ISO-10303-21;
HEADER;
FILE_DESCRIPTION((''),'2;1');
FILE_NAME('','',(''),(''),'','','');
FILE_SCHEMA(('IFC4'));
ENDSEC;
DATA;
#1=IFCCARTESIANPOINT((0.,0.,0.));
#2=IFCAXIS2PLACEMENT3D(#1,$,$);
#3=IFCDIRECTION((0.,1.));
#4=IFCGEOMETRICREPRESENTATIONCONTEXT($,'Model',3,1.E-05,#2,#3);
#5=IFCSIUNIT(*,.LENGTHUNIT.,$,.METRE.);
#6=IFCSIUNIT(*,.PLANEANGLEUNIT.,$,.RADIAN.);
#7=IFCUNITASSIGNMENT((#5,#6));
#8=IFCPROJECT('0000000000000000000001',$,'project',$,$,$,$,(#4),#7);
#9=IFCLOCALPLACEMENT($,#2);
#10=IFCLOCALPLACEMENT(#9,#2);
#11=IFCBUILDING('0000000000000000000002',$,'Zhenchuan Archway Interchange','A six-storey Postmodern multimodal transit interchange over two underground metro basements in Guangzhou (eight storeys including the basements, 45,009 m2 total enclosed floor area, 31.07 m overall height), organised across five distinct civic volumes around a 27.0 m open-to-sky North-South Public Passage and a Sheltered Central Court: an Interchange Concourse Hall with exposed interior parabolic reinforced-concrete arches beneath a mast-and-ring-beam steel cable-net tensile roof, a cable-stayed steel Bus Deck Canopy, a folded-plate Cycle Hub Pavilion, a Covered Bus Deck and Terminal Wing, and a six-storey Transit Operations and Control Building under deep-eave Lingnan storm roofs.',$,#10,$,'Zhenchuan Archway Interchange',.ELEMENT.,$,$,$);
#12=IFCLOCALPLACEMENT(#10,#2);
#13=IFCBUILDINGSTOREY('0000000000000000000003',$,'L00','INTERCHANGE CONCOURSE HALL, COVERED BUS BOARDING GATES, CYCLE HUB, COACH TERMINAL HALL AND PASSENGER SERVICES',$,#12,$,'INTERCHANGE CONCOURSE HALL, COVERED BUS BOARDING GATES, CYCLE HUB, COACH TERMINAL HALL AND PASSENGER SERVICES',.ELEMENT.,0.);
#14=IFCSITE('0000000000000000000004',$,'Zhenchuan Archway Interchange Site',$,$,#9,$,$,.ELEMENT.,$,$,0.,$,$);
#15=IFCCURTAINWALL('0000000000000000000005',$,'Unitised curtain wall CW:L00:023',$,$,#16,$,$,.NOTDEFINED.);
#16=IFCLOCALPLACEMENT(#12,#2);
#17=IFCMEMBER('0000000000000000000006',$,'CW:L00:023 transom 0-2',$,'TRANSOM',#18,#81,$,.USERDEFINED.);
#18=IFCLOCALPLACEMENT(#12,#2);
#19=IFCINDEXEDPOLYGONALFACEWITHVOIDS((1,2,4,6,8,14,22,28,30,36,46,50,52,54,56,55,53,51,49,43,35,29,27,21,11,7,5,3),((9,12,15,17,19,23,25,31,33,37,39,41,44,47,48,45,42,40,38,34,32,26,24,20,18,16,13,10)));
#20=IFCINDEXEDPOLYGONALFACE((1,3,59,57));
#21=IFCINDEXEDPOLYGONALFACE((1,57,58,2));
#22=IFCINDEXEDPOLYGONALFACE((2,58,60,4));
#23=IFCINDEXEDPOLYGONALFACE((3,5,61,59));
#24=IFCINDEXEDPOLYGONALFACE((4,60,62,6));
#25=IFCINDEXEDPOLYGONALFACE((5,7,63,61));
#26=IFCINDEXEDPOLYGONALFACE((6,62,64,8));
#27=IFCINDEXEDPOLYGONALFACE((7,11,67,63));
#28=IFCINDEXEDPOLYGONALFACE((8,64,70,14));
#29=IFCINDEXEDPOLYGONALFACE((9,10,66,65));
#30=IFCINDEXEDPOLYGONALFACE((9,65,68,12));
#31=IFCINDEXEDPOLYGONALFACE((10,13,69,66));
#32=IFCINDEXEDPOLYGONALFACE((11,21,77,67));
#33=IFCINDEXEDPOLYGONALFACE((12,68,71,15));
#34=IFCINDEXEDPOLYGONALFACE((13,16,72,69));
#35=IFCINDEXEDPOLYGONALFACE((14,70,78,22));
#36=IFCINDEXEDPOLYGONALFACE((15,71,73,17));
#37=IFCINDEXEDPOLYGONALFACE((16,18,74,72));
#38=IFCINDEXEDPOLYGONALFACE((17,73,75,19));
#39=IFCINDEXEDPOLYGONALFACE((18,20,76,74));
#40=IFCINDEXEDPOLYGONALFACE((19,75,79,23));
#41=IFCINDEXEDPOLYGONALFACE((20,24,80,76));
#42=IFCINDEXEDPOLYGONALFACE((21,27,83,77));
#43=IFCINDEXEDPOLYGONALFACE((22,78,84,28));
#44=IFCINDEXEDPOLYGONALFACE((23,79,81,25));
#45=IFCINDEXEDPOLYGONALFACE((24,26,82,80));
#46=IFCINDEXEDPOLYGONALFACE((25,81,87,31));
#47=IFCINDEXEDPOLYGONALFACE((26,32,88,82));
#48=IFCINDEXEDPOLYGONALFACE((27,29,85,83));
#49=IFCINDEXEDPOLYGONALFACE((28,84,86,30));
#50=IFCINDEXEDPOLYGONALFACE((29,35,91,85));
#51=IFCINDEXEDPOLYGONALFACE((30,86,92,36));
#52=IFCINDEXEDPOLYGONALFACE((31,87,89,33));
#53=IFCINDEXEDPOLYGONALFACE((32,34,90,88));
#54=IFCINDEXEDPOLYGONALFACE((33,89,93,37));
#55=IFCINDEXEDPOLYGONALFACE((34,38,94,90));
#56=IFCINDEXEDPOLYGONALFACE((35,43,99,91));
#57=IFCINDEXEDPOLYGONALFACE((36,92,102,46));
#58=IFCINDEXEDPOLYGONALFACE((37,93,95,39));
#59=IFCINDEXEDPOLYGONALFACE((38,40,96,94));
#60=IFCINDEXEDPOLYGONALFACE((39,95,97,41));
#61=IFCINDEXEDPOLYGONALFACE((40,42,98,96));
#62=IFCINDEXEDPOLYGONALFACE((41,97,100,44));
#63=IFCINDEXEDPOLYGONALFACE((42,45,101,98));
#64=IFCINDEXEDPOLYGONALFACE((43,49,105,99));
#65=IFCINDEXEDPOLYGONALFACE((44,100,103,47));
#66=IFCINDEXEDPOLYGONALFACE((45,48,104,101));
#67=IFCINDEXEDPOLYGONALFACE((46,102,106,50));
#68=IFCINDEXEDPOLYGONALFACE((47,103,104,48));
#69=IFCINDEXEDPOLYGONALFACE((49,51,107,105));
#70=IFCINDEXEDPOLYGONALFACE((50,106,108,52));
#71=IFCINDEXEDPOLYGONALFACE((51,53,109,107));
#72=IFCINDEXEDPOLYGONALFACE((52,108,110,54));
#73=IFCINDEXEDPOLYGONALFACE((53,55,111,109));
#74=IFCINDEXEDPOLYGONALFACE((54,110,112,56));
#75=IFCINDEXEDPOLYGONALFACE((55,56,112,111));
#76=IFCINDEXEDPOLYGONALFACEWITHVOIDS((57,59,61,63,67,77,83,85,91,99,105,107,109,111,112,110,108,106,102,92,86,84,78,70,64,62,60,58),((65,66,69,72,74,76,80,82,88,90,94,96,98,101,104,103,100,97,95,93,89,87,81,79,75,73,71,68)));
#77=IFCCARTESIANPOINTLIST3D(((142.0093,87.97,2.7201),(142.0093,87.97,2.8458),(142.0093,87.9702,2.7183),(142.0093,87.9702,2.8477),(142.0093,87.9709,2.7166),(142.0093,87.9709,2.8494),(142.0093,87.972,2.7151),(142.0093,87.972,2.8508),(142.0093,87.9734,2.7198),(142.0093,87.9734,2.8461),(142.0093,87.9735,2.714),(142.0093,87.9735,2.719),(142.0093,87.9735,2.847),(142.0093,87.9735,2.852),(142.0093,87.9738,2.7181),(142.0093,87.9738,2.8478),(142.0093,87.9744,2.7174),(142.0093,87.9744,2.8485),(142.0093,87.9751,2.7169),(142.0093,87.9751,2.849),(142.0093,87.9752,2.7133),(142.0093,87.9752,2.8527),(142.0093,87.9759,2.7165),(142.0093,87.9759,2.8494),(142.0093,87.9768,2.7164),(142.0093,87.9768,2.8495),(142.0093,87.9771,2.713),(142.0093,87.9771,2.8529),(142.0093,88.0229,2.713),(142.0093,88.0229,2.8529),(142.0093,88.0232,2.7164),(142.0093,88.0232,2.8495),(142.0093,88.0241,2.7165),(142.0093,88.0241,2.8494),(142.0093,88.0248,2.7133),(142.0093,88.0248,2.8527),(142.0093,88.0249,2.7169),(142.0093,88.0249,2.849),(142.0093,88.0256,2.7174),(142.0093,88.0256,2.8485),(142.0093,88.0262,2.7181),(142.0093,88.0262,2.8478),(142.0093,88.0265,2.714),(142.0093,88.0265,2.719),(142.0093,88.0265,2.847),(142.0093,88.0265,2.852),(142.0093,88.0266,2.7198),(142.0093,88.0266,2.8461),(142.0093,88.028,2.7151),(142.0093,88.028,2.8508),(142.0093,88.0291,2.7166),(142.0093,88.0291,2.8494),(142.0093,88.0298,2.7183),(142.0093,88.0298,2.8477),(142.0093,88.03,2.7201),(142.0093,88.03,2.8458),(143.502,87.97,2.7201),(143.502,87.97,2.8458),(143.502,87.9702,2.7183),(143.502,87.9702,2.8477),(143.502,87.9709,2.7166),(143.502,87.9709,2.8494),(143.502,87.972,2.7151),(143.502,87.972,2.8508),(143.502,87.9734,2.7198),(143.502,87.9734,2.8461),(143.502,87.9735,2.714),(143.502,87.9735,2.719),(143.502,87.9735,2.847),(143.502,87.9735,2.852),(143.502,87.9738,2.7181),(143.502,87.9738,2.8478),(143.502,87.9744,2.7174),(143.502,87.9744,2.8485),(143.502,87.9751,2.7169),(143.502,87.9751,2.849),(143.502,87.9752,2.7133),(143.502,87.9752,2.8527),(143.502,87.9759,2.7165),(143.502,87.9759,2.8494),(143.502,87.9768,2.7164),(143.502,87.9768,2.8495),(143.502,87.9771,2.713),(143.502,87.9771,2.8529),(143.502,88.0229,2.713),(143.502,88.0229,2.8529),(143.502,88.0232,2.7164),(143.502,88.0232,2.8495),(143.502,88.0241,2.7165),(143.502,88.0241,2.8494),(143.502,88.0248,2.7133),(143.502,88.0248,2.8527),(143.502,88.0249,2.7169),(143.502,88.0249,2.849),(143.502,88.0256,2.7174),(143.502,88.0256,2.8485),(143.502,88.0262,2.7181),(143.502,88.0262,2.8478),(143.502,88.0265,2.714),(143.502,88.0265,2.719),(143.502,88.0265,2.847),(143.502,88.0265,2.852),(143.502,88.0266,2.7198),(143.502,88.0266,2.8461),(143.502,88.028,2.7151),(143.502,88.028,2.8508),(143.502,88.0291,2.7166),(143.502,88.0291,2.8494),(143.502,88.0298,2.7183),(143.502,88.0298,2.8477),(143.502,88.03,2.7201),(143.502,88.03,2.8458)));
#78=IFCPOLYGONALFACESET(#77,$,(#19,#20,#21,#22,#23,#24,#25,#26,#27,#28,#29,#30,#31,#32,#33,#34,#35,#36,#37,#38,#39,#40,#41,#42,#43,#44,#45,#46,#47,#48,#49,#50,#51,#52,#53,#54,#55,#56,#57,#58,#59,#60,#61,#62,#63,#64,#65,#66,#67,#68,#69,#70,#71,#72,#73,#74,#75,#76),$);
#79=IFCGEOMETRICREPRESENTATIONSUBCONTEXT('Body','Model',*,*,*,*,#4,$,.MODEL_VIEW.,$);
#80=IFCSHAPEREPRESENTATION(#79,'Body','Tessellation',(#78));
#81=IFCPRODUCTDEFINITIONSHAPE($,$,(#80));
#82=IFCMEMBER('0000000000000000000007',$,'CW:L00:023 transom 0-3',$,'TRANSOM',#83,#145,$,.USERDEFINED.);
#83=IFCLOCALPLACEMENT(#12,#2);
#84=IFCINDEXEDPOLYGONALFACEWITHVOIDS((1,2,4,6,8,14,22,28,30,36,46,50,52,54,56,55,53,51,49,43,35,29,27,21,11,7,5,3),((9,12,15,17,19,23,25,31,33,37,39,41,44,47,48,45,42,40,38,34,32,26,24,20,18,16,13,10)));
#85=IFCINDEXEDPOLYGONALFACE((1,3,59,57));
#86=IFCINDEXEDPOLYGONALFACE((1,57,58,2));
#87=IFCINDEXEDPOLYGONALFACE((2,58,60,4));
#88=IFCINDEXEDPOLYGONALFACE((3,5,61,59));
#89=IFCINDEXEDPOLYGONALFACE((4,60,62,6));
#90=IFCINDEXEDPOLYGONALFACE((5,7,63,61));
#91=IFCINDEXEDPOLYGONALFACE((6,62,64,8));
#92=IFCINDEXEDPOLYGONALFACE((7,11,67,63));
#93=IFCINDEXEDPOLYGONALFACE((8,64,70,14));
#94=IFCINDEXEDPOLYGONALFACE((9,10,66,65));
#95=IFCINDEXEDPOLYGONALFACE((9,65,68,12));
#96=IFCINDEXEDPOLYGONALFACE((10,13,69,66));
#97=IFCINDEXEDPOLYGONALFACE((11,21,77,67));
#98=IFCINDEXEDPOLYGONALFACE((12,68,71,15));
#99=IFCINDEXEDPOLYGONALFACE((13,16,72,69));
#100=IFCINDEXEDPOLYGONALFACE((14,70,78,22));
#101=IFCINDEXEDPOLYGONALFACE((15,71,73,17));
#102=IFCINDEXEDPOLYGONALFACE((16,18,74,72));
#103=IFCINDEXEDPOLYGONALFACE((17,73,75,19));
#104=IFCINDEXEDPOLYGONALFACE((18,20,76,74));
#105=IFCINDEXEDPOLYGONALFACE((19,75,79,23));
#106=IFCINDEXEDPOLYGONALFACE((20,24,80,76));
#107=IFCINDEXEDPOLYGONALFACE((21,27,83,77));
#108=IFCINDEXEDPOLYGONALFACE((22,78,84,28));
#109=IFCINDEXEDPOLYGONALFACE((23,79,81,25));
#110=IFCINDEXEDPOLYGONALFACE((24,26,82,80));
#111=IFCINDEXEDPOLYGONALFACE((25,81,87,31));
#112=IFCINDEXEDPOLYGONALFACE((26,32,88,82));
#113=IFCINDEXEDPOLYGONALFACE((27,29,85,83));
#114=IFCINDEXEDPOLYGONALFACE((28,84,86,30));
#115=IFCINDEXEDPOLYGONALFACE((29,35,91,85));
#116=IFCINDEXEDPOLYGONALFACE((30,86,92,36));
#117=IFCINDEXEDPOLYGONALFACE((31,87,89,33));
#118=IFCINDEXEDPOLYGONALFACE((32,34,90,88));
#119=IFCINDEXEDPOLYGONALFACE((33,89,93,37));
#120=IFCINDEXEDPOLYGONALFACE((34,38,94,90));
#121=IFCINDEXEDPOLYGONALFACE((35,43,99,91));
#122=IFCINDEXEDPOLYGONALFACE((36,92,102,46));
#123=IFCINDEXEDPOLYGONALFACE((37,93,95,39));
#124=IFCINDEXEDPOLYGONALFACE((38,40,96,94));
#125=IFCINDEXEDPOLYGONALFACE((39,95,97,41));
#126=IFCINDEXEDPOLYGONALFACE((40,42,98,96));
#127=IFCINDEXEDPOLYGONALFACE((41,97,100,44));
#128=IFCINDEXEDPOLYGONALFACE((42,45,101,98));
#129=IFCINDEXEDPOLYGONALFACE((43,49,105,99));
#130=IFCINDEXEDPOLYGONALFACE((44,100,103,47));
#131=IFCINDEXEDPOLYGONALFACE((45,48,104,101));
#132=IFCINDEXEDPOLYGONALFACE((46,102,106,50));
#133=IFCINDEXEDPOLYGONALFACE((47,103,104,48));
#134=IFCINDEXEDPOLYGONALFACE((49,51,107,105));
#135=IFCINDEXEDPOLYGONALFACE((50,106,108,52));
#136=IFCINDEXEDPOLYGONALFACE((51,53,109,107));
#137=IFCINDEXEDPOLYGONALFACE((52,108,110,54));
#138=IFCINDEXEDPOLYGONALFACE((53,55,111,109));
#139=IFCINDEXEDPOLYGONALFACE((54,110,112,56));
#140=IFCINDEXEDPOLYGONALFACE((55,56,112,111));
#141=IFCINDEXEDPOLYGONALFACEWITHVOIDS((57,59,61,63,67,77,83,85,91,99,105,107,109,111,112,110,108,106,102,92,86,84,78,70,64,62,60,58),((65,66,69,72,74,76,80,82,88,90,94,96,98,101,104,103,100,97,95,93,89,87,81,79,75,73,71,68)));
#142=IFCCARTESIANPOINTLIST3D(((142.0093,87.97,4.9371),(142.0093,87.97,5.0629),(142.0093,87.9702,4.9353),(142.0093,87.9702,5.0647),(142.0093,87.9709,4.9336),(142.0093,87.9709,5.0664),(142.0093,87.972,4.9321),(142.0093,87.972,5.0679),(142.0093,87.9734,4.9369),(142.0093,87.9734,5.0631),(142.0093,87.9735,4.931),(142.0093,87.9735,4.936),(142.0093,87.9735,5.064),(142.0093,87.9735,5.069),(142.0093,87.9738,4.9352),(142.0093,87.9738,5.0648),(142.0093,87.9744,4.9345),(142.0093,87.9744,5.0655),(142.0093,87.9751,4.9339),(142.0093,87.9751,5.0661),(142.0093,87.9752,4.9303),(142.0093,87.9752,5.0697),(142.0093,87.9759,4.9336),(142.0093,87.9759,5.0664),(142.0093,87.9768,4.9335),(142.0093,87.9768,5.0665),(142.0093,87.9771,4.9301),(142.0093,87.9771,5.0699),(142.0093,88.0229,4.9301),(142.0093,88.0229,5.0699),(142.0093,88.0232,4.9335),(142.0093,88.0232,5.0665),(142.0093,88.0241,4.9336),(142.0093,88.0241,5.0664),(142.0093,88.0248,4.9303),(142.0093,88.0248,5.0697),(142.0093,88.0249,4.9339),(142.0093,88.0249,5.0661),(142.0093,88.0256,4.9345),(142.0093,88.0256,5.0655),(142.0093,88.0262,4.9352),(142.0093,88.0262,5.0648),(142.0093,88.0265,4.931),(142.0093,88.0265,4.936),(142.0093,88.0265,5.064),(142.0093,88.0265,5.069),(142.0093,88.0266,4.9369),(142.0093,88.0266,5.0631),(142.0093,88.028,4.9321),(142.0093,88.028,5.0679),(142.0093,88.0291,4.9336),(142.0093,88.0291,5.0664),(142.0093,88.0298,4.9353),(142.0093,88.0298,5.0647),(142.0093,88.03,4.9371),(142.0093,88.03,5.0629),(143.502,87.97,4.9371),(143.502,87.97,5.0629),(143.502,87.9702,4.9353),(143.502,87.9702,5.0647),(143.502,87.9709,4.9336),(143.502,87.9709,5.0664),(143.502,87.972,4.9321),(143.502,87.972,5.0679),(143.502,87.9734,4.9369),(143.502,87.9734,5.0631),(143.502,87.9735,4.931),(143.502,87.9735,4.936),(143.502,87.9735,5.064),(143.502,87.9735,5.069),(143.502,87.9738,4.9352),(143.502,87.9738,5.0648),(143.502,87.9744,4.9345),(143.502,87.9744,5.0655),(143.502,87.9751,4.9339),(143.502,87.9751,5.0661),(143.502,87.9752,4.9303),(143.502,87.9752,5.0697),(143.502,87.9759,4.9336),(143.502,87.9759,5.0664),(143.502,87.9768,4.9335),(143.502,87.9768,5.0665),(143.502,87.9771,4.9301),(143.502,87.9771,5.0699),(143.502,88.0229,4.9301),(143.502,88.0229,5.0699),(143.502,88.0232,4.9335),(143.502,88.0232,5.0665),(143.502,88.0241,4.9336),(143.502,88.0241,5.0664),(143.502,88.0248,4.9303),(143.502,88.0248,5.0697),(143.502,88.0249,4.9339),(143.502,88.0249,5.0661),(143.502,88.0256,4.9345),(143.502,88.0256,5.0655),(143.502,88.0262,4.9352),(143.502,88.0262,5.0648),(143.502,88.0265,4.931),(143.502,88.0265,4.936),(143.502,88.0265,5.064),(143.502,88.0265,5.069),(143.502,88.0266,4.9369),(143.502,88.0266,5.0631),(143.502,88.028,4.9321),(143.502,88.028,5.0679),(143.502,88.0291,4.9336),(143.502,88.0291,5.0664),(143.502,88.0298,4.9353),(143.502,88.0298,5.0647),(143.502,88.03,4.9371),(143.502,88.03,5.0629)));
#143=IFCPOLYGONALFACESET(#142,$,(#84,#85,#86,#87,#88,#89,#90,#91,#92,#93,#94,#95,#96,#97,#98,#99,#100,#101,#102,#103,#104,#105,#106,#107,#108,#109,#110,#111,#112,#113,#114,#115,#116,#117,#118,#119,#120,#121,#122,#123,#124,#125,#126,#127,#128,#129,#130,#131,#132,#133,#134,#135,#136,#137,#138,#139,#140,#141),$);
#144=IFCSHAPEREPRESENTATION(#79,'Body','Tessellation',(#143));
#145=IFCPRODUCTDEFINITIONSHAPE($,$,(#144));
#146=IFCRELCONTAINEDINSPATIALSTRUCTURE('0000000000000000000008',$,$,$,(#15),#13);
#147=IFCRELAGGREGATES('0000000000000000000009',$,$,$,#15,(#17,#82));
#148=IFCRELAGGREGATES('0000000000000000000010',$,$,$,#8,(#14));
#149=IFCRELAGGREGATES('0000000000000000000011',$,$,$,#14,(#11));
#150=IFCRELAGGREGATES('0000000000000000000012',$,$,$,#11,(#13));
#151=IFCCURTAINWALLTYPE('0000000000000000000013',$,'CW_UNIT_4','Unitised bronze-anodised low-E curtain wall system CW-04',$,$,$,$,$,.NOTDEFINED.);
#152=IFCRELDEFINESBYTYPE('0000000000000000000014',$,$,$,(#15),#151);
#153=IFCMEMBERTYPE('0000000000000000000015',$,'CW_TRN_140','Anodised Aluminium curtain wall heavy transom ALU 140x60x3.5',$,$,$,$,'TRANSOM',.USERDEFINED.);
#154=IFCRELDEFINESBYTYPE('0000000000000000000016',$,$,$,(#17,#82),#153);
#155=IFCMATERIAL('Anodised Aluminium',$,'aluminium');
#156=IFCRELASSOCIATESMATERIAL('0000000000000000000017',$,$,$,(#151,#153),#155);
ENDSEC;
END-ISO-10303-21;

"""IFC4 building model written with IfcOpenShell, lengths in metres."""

from ifc_helpers import new_model, si_unit, direction, frame, origin, origin_2d, place, context, subcontext, project, spatial, hollow_rectangle, extrude, material, material_profile, profile_set, type_object, element, aggregate, save


model = new_model("IFC4")

# Units and contexts
model_context = context("Model", 3, precision=1e-05, world=origin(), true_north=direction((0.0, 1.0)))
body_context = subcontext(model_context, "Body", "Model", "MODEL_VIEW")
ifc_project = project(units=[si_unit("LENGTHUNIT", "METRE"), si_unit("PLANEANGLEUNIT", "RADIAN")], contexts=[model_context])

# Site, building, storey
site_placement = place(None, origin())
site = spatial("IfcSite", under=ifc_project, at=site_placement, Name="Zhenchuan Archway Interchange Site", CompositionType="ELEMENT", RefElevation=0.0)
building_placement = place(site_placement, origin())
building = spatial("IfcBuilding", under=site, at=building_placement, Name="Zhenchuan Archway Interchange", Description="A six-storey Postmodern multimodal transit interchange over two underground metro basements in Guangzhou (eight storeys including the basements, 45,009 m2 total enclosed floor area, 31.07 m overall height), organised across five distinct civic volumes around a 27.0 m open-to-sky North-South Public Passage and a Sheltered Central Court: an Interchange Concourse Hall with exposed interior parabolic reinforced-concrete arches beneath a mast-and-ring-beam steel cable-net tensile roof, a cable-stayed steel Bus Deck Canopy, a folded-plate Cycle Hub Pavilion, a Covered Bus Deck and Terminal Wing, and a six-storey Transit Operations and Control Building under deep-eave Lingnan storm roofs.", LongName="Zhenchuan Archway Interchange", CompositionType="ELEMENT")
storey_placement = place(building_placement, origin())
storey = spatial("IfcBuildingStorey", under=building, at=storey_placement, Name="L00", Description="INTERCHANGE CONCOURSE HALL, COVERED BUS BOARDING GATES, CYCLE HUB, COACH TERMINAL HALL AND PASSENGER SERVICES", LongName="INTERCHANGE CONCOURSE HALL, COVERED BUS BOARDING GATES, CYCLE HUB, COACH TERMINAL HALL AND PASSENGER SERVICES", CompositionType="ELEMENT", Elevation=0.0)

# Curtain wall, members
ifc_material_1 = material(Name="Anodised Aluminium", Category="aluminium")
curtain_wall_type = type_object("IfcCurtainWallType", Name="CW_UNIT_4", Description="Unitised bronze-anodised low-E curtain wall system CW-04", PredefinedType="NOTDEFINED", material=ifc_material_1)
curtain_wall_placement = place(storey_placement, origin())
curtain_wall = element("IfcCurtainWall", 1, at=curtain_wall_placement, inside=storey, type_object=curtain_wall_type, Name="Unitised curtain wall CW:L00:023", PredefinedType="NOTDEFINED")
ifc_material_profile_1 = material_profile(ifc_material_1, hollow_rectangle(XDim=0.0601, YDim=0.1399, WallThickness=0.0034, InnerFilletRadius=0.0034, OuterFilletRadius=0.0071, at=origin_2d()), Name="ALU 140x60x3.5")
ifc_profile_set_1 = profile_set([ifc_material_profile_1], Name="Anodised Aluminium")
member_type_1 = type_object("IfcMemberType", Name="CW_TRN_140", Description="Anodised Aluminium curtain wall heavy transom ALU 140x60x3.5", ElementType="TRANSOM", PredefinedType="USERDEFINED", material=ifc_profile_set_1)
member_1_placement = place(storey_placement, frame((143.502, 88.0, 2.783), z_axis=(-1.0, 0.0, 0.0), x_axis=(0.0, -1.0, 0.0)))
member_1 = element("IfcMember", 2, at=member_1_placement, type_object=member_type_1, Name="CW:L00:023 transom 0-2", ObjectType="TRANSOM", PredefinedType="USERDEFINED", context=body_context, shape_type="SweptSolid", body=[
    extrude(hollow_rectangle(XDim=0.0601, YDim=0.1399, WallThickness=0.0034, InnerFilletRadius=0.0034, OuterFilletRadius=0.0071, at=origin_2d()), origin(), (0.0, 0.0, 1.0), 1.4927),
])
member_2_placement = place(storey_placement, frame((143.502, 88.0, 5.0), z_axis=(-1.0, 0.0, 0.0), x_axis=(0.0, -1.0, 0.0)))
member_2 = element("IfcMember", 3, at=member_2_placement, type_object=member_type_1, Name="CW:L00:023 transom 0-3", ObjectType="TRANSOM", PredefinedType="USERDEFINED", context=body_context, shape_type="SweptSolid", body=[
    extrude(hollow_rectangle(XDim=0.0601, YDim=0.1399, WallThickness=0.0034, InnerFilletRadius=0.0034, OuterFilletRadius=0.0071, at=origin_2d()), origin(), (0.0, 0.0, 1.0), 1.4927),
])

aggregate(curtain_wall, [member_1, member_2])

save(model, "model.ifc")
